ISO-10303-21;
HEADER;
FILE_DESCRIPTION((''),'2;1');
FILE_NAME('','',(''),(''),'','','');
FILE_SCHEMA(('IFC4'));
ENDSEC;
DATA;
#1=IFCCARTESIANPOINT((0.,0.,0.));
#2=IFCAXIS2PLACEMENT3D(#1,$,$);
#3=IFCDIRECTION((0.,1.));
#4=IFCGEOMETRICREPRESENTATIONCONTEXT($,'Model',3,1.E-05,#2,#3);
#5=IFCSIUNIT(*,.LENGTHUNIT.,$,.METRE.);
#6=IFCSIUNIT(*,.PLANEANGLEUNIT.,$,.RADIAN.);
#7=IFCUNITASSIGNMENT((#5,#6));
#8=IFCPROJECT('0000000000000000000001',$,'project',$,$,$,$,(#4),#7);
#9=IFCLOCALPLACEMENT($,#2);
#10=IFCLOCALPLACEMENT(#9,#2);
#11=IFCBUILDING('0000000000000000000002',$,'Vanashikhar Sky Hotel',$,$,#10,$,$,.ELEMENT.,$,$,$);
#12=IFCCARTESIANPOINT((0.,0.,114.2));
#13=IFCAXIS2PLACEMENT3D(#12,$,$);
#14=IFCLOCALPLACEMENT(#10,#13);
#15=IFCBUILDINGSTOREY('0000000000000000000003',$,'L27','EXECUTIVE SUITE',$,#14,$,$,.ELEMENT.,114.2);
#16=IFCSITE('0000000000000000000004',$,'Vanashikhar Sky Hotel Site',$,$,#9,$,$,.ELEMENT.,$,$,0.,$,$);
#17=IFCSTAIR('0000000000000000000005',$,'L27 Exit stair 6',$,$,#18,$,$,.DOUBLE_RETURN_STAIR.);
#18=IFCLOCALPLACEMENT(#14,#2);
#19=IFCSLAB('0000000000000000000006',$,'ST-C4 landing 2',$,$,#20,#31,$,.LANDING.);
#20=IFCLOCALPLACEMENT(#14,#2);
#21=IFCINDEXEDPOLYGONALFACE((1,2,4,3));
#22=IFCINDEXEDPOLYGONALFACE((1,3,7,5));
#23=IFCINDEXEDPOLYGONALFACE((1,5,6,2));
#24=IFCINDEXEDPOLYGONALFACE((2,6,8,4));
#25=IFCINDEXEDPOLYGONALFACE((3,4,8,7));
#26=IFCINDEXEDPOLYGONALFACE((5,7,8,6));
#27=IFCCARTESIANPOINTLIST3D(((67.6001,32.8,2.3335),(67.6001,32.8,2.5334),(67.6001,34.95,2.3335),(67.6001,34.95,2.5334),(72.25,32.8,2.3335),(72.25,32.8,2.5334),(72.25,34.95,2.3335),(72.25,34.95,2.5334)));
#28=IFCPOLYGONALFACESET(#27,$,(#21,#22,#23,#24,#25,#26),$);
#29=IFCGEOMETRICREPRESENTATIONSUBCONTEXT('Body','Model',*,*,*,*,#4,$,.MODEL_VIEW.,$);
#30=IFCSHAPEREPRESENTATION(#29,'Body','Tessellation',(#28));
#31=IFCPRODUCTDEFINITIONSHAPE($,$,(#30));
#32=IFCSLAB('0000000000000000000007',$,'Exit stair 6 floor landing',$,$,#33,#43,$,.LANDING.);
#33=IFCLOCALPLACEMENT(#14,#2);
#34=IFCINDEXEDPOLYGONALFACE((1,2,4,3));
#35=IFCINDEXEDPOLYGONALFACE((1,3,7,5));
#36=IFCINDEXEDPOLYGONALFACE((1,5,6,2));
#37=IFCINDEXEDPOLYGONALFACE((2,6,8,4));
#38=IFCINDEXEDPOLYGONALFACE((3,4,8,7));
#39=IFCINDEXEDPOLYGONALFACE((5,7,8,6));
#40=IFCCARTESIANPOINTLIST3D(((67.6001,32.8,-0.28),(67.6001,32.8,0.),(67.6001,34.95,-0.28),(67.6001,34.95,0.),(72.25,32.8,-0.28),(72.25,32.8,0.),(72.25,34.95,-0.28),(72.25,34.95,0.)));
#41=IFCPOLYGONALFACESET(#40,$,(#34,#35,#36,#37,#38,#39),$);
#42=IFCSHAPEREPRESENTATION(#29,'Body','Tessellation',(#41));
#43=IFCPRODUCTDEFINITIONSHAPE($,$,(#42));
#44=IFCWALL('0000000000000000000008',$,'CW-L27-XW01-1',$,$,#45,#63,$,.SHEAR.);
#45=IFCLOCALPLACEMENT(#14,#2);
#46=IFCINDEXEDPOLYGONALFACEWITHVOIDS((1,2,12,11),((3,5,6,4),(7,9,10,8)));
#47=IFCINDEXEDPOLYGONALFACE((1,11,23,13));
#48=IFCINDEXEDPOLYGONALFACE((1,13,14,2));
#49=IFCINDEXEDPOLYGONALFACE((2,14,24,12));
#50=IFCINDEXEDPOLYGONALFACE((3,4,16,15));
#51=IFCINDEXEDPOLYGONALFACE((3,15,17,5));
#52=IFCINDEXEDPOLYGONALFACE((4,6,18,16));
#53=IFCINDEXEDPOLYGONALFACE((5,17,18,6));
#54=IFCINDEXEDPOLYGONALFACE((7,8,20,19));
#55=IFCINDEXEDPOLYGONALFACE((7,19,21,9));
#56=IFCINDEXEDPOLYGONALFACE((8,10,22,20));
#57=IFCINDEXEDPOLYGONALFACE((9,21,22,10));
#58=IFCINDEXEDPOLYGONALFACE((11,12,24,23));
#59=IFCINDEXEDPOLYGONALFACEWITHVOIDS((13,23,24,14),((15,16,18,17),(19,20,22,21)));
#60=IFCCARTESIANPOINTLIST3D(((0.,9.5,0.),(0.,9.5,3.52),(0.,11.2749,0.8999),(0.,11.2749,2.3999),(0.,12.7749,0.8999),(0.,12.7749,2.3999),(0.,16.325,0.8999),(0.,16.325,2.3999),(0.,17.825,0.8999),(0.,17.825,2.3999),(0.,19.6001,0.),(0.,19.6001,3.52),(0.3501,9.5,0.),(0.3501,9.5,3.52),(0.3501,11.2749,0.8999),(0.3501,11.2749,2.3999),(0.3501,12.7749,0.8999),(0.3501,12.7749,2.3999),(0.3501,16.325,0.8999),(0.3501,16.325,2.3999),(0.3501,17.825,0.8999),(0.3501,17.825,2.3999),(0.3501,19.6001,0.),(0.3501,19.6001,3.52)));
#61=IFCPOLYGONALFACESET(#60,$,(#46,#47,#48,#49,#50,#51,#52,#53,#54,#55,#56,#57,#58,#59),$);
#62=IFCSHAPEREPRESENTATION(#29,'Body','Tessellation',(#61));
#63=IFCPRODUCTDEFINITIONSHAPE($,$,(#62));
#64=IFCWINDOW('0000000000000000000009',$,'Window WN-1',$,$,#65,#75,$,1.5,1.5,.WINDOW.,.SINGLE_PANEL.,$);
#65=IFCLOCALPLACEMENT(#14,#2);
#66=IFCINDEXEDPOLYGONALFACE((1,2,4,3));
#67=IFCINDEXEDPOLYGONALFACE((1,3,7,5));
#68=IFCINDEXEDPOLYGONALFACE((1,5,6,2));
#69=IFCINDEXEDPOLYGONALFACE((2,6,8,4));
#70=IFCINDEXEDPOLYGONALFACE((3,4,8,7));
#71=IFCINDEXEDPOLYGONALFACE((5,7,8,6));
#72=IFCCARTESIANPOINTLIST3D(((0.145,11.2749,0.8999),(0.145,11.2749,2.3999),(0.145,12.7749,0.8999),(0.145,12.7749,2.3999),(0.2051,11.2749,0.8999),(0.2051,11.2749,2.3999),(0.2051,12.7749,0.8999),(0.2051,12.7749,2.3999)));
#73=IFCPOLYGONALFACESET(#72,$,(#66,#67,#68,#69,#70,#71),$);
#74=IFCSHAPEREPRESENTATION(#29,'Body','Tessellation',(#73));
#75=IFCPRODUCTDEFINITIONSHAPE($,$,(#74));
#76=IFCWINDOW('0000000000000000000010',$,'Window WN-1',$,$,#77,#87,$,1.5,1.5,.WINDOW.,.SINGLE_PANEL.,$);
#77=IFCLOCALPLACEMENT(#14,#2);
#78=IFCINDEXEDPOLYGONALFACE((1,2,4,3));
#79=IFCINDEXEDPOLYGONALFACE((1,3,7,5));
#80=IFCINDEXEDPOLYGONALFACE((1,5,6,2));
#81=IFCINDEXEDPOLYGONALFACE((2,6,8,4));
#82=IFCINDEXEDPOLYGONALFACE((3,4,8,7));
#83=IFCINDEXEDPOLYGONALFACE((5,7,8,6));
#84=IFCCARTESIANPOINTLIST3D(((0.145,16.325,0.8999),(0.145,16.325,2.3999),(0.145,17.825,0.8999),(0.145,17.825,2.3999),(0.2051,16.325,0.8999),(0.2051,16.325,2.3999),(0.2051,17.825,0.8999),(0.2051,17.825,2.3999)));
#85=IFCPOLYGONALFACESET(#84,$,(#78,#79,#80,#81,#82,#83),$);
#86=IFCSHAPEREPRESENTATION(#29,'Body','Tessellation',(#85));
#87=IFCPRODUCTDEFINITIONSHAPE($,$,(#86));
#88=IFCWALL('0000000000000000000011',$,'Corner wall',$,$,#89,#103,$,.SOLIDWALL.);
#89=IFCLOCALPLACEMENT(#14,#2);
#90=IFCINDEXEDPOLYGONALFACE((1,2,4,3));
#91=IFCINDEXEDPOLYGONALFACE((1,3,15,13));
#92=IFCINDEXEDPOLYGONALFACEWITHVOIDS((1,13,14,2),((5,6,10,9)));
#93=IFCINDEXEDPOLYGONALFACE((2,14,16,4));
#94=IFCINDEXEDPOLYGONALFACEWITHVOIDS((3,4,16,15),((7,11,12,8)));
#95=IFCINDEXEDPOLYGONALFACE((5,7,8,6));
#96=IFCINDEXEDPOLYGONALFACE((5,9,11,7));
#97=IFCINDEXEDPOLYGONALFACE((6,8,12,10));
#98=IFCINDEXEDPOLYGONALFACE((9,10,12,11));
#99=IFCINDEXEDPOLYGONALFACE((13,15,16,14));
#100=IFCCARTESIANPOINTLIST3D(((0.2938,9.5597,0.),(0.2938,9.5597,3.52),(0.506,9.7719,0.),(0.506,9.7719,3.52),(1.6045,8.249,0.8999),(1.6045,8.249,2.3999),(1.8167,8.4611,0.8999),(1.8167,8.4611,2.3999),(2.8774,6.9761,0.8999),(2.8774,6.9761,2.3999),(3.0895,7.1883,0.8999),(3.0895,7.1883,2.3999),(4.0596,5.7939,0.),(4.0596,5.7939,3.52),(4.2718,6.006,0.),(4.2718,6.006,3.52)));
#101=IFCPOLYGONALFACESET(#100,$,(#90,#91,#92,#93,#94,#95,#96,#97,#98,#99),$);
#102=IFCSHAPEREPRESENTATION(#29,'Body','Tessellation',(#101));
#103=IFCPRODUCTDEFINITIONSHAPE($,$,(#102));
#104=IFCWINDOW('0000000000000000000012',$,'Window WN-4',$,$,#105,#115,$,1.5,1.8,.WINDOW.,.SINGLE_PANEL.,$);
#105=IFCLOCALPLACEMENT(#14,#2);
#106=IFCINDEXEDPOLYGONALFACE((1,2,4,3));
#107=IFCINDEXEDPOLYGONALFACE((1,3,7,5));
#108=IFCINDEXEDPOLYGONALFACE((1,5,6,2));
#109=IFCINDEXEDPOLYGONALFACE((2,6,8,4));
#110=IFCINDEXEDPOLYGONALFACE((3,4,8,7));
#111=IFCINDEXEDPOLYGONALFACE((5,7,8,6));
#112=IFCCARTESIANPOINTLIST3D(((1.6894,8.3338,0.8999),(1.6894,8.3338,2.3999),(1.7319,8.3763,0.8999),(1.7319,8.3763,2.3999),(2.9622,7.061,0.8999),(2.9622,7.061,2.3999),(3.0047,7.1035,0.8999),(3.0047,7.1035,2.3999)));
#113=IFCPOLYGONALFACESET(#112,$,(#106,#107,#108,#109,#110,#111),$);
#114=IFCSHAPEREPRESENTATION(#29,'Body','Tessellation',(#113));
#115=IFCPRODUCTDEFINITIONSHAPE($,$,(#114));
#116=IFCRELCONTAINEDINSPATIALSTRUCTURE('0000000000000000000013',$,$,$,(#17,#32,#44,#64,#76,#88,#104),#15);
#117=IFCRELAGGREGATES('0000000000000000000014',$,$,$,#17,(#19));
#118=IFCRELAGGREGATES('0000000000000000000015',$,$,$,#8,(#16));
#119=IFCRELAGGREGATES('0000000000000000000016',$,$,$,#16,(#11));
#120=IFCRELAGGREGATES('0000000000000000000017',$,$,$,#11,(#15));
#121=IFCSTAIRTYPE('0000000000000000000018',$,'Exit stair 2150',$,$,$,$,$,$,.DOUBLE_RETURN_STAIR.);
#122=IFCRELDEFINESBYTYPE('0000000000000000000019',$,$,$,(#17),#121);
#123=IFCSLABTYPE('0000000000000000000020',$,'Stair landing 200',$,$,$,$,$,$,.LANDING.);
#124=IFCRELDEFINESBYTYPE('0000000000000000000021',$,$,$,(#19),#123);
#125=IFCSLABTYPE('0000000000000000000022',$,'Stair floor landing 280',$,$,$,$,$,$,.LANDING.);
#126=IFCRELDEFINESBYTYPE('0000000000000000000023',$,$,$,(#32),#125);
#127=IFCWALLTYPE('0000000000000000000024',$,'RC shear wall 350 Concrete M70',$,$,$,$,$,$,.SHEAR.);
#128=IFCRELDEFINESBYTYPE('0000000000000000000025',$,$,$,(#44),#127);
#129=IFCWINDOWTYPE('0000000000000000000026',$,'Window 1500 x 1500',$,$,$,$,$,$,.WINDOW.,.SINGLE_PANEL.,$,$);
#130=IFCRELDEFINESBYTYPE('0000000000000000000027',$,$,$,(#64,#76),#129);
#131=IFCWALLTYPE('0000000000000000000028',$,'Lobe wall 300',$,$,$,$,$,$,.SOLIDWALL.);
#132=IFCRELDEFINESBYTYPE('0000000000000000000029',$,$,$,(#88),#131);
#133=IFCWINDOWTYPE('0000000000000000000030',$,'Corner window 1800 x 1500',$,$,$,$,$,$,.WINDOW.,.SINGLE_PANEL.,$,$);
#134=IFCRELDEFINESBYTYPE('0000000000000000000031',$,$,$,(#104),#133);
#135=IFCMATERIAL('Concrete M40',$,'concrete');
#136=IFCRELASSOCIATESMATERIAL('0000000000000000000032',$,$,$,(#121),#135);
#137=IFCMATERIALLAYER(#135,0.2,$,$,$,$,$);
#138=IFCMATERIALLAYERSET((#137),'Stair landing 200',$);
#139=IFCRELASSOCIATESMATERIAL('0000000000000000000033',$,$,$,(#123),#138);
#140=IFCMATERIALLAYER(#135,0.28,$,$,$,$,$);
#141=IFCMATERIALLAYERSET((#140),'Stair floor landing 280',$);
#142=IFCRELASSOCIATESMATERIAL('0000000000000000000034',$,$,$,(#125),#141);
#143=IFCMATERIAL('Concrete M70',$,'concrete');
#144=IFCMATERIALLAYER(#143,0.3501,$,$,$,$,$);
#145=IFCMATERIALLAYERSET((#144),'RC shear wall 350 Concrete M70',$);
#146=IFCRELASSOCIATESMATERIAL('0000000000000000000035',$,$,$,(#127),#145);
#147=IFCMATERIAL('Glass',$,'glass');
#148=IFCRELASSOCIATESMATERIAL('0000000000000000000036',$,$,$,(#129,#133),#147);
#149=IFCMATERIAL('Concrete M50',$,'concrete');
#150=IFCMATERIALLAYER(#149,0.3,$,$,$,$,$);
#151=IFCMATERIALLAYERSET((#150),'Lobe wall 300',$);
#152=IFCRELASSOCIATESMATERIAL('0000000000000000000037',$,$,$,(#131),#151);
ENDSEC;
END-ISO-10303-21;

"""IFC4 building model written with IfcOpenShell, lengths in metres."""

from ifc_helpers import new_model, si_unit, direction, frame, frame_2d, origin, place, context, subcontext, project, spatial, polyline, rectangle, outline, extrude, source, transform, mapped, material, layer, layer_set, type_object, element, fill, aggregate, save


model = new_model("IFC4")

# Units and contexts
model_context = context("Model", 3, precision=1e-05, world=origin(), true_north=direction((0.0, 1.0)))
body_context = subcontext(model_context, "Body", "Model", "MODEL_VIEW")
ifc_project = project(units=[si_unit("LENGTHUNIT", "METRE"), si_unit("PLANEANGLEUNIT", "RADIAN")], contexts=[model_context])

# Site, building, storey
site_placement = place(None, origin())
site = spatial("IfcSite", under=ifc_project, at=site_placement, Name="Vanashikhar Sky Hotel Site", CompositionType="ELEMENT", RefElevation=0.0)
building_placement = place(site_placement, origin())
building = spatial("IfcBuilding", under=site, at=building_placement, Name="Vanashikhar Sky Hotel", CompositionType="ELEMENT")
storey_placement = place(building_placement, frame((0.0, 0.0, 114.2)))
storey = spatial("IfcBuildingStorey", under=building, at=storey_placement, Name="L27", Description="EXECUTIVE SUITE", CompositionType="ELEMENT", Elevation=114.2)

# Shared definitions
ifc_material_1 = material(Name="Concrete M40", Category="concrete")

# Shared definitions
stair_type = type_object("IfcStairType", Name="Exit stair 2150", PredefinedType="DOUBLE_RETURN_STAIR", material=ifc_material_1)
ifc_layer_1 = layer(ifc_material_1, 0.2)
ifc_layer_set_1 = layer_set([ifc_layer_1], Name="Stair landing 200")
slab_type_1 = type_object("IfcSlabType", Name="Stair landing 200", PredefinedType="LANDING", material=ifc_layer_set_1)

# Shared definitions
ifc_layer_2 = layer(ifc_material_1, 0.28)
ifc_layer_set_2 = layer_set([ifc_layer_2], Name="Stair floor landing 280")
slab_type_2 = type_object("IfcSlabType", Name="Stair floor landing 280", PredefinedType="LANDING", material=ifc_layer_set_2)

# Stair, slab
stair_1_placement = place(storey_placement, origin())
stair_1 = element("IfcStair", 1, at=stair_1_placement, inside=storey, type_object=stair_type, Name="L27 Exit stair 6", PredefinedType="DOUBLE_RETURN_STAIR")
shared_shape_1 = source(origin(), body_context, "Body", "SweptSolid", [
    extrude(outline(polyline([(72.25, 32.8), (72.25, 34.95), (67.6001, 34.95), (67.6001, 32.8), (72.25, 32.8)])), origin(), (0.0, 0.0, 1.0), 0.2),
])
slab_1_placement = place(storey_placement, frame((0.0, 0.0, 2.3335)))
slab_1 = element("IfcSlab", 2, at=slab_1_placement, type_object=slab_type_1, Name="ST-C4 landing 2", PredefinedType="LANDING", context=body_context, shape_type="MappedRepresentation", body=[
    mapped(shared_shape_1, transform((0.0, 0.0, 0.0), scale=1.0)),
])
aggregate(stair_1, [slab_1])

# Slab
shared_shape_2 = source(origin(), body_context, "Body", "SweptSolid", [
    extrude(outline(polyline([(72.25, 32.8), (72.25, 34.95), (67.6001, 34.95), (67.6001, 32.8), (72.25, 32.8)])), origin(), (0.0, 0.0, 1.0), 0.28),
])
slab_2_placement = place(storey_placement, frame((0.0, 0.0, -0.28)))
element("IfcSlab", 3, at=slab_2_placement, inside=storey, type_object=slab_type_2, Name="Exit stair 6 floor landing", PredefinedType="LANDING", context=body_context, shape_type="MappedRepresentation", body=[
    mapped(shared_shape_2, transform((0.0, 0.0, 0.0), scale=1.0)),
])

# Wall, openings, windows
ifc_material_2 = material(Name="Concrete M70", Category="concrete")
ifc_layer_3 = layer(ifc_material_2, 0.3501)
ifc_layer_set_3 = layer_set([ifc_layer_3], Name="RC shear wall 350 Concrete M70")
wall_type_1 = type_object("IfcWallType", Name="RC shear wall 350 Concrete M70", PredefinedType="SHEAR", material=ifc_layer_set_3)
shared_shape_3 = source(origin(), body_context, "Body", "SweptSolid", [
    extrude(rectangle(XDim=10.1001, YDim=0.3501, at=frame_2d((5.05, 0.0))), origin(), (0.0, 0.0, 1.0), 3.52),
])
wall_1_placement = place(storey_placement, frame((0.175, 9.5, 0.0), z_axis=(0.0, 0.0, 1.0), x_axis=(0.0, 1.0, 0.0)))
wall_1 = element("IfcWall", 4, at=wall_1_placement, inside=storey, type_object=wall_type_1, Name="CW-L27-XW01-1", PredefinedType="SHEAR", context=body_context, shape_type="MappedRepresentation", body=[
    mapped(shared_shape_3, transform((0.0, 0.0, 0.0), scale=1.0)),
])
shared_shape_4 = source(origin(), body_context, "Body", "SweptSolid", [
    extrude(rectangle(XDim=1.5, YDim=1.5, at=frame_2d((0.75, 0.75))), frame((0.0, 0.1851, 0.0), z_axis=(0.0, -1.0, 0.0), x_axis=(1.0, 0.0, 0.0)), (0.0, 0.0, 1.0), 0.3701),
])
opening_1_placement = place(wall_1_placement, frame((1.7749, 0.0, 0.8999)))
opening_1 = element("IfcOpeningElement", 5, at=opening_1_placement, cuts=wall_1, PredefinedType="OPENING", context=body_context, shape_type="MappedRepresentation", body=[
    mapped(shared_shape_4, transform((0.0, 0.0, 0.0), scale=1.0)),
])
opening_2_placement = place(wall_1_placement, frame((6.825, 0.0, 0.8999)))
opening_2 = element("IfcOpeningElement", 6, at=opening_2_placement, cuts=wall_1, PredefinedType="OPENING", context=body_context, shape_type="MappedRepresentation", body=[
    mapped(shared_shape_4, transform((0.0, 0.0, 0.0), scale=1.0)),
])
ifc_material_3 = material(Name="Glass", Category="glass")
window_type_1 = type_object("IfcWindowType", Name="Window 1500 x 1500", PartitioningType="SINGLE_PANEL", PredefinedType="WINDOW", material=ifc_material_3)
shared_shape_5 = source(origin(), body_context, "Body", "SweptSolid", [
    extrude(rectangle(XDim=1.5, YDim=1.5, at=frame_2d((0.75, 0.75))), frame((0.0, 0.03, 0.0), z_axis=(0.0, -1.0, 0.0), x_axis=(1.0, 0.0, 0.0)), (0.0, 0.0, 1.0), 0.0601),
])
window_1_placement = place(opening_1_placement, origin())
window_1 = element("IfcWindow", 7, at=window_1_placement, inside=storey, type_object=window_type_1, Name="Window WN-1", OverallHeight=1.5, OverallWidth=1.5, PartitioningType="SINGLE_PANEL", PredefinedType="WINDOW", context=body_context, shape_type="MappedRepresentation", body=[
    mapped(shared_shape_5, transform((0.0, 0.0, 0.0), scale=1.0)),
])
fill(opening_1, window_1)
window_2_placement = place(opening_2_placement, origin())
window_2 = element("IfcWindow", 8, at=window_2_placement, inside=storey, type_object=window_type_1, Name="Window WN-1", OverallHeight=1.5, OverallWidth=1.5, PartitioningType="SINGLE_PANEL", PredefinedType="WINDOW", context=body_context, shape_type="MappedRepresentation", body=[
    mapped(shared_shape_5, transform((0.0, 0.0, 0.0), scale=1.0)),
])
fill(opening_2, window_2)

# Wall, opening, window
ifc_material_4 = material(Name="Concrete M50", Category="concrete")
ifc_layer_4 = layer(ifc_material_4, 0.3)
ifc_layer_set_4 = layer_set([ifc_layer_4], Name="Lobe wall 300")
wall_type_2 = type_object("IfcWallType", Name="Lobe wall 300", PredefinedType="SOLIDWALL", material=ifc_layer_set_4)
shared_shape_6 = source(origin(), body_context, "Body", "SweptSolid", [
    extrude(rectangle(XDim=5.3257, YDim=0.3, at=frame_2d((2.6628, 0.0))), origin(), (0.0, 0.0, 1.0), 3.52),
])
wall_2_placement = place(storey_placement, frame((0.3999, 9.6658, 0.0), z_axis=(0.0, 0.0, 1.0), x_axis=(0.707107, -0.707107, 0.0)))
wall_2 = element("IfcWall", 9, at=wall_2_placement, inside=storey, type_object=wall_type_2, Name="Corner wall", PredefinedType="SOLIDWALL", context=body_context, shape_type="MappedRepresentation", body=[
    mapped(shared_shape_6, transform((0.0, 0.0, 0.0), scale=1.0)),
])
shared_shape_7 = source(origin(), body_context, "Body", "SweptSolid", [
    extrude(rectangle(XDim=1.8, YDim=1.5, at=frame_2d((0.8999, 0.75))), frame((0.0, 0.1602, 0.0), z_axis=(0.0, -1.0, 0.0), x_axis=(1.0, 0.0, 0.0)), (0.0, 0.0, 1.0), 0.3201),
])
opening_3_placement = place(wall_2_placement, frame((1.8538, 0.0, 0.8999)))
opening_3 = element("IfcOpeningElement", 10, at=opening_3_placement, cuts=wall_2, PredefinedType="OPENING", context=body_context, shape_type="MappedRepresentation", body=[
    mapped(shared_shape_7, transform((0.0, 0.0, 0.0), scale=1.0)),
])
window_type_2 = type_object("IfcWindowType", Name="Corner window 1800 x 1500", PartitioningType="SINGLE_PANEL", PredefinedType="WINDOW", material=ifc_material_3)
shared_shape_8 = source(origin(), body_context, "Body", "SweptSolid", [
    extrude(rectangle(XDim=1.8, YDim=1.5, at=frame_2d((0.8999, 0.75))), frame((0.0, 0.03, 0.0), z_axis=(0.0, -1.0, 0.0), x_axis=(1.0, 0.0, 0.0)), (0.0, 0.0, 1.0), 0.0601),
])
window_3_placement = place(opening_3_placement, origin())
window_3 = element("IfcWindow", 11, at=window_3_placement, inside=storey, type_object=window_type_2, Name="Window WN-4", OverallHeight=1.5, OverallWidth=1.8, PartitioningType="SINGLE_PANEL", PredefinedType="WINDOW", context=body_context, shape_type="MappedRepresentation", body=[
    mapped(shared_shape_8, transform((0.0, 0.0, 0.0), scale=1.0)),
])
fill(opening_3, window_3)

save(model, "model.ifc")
